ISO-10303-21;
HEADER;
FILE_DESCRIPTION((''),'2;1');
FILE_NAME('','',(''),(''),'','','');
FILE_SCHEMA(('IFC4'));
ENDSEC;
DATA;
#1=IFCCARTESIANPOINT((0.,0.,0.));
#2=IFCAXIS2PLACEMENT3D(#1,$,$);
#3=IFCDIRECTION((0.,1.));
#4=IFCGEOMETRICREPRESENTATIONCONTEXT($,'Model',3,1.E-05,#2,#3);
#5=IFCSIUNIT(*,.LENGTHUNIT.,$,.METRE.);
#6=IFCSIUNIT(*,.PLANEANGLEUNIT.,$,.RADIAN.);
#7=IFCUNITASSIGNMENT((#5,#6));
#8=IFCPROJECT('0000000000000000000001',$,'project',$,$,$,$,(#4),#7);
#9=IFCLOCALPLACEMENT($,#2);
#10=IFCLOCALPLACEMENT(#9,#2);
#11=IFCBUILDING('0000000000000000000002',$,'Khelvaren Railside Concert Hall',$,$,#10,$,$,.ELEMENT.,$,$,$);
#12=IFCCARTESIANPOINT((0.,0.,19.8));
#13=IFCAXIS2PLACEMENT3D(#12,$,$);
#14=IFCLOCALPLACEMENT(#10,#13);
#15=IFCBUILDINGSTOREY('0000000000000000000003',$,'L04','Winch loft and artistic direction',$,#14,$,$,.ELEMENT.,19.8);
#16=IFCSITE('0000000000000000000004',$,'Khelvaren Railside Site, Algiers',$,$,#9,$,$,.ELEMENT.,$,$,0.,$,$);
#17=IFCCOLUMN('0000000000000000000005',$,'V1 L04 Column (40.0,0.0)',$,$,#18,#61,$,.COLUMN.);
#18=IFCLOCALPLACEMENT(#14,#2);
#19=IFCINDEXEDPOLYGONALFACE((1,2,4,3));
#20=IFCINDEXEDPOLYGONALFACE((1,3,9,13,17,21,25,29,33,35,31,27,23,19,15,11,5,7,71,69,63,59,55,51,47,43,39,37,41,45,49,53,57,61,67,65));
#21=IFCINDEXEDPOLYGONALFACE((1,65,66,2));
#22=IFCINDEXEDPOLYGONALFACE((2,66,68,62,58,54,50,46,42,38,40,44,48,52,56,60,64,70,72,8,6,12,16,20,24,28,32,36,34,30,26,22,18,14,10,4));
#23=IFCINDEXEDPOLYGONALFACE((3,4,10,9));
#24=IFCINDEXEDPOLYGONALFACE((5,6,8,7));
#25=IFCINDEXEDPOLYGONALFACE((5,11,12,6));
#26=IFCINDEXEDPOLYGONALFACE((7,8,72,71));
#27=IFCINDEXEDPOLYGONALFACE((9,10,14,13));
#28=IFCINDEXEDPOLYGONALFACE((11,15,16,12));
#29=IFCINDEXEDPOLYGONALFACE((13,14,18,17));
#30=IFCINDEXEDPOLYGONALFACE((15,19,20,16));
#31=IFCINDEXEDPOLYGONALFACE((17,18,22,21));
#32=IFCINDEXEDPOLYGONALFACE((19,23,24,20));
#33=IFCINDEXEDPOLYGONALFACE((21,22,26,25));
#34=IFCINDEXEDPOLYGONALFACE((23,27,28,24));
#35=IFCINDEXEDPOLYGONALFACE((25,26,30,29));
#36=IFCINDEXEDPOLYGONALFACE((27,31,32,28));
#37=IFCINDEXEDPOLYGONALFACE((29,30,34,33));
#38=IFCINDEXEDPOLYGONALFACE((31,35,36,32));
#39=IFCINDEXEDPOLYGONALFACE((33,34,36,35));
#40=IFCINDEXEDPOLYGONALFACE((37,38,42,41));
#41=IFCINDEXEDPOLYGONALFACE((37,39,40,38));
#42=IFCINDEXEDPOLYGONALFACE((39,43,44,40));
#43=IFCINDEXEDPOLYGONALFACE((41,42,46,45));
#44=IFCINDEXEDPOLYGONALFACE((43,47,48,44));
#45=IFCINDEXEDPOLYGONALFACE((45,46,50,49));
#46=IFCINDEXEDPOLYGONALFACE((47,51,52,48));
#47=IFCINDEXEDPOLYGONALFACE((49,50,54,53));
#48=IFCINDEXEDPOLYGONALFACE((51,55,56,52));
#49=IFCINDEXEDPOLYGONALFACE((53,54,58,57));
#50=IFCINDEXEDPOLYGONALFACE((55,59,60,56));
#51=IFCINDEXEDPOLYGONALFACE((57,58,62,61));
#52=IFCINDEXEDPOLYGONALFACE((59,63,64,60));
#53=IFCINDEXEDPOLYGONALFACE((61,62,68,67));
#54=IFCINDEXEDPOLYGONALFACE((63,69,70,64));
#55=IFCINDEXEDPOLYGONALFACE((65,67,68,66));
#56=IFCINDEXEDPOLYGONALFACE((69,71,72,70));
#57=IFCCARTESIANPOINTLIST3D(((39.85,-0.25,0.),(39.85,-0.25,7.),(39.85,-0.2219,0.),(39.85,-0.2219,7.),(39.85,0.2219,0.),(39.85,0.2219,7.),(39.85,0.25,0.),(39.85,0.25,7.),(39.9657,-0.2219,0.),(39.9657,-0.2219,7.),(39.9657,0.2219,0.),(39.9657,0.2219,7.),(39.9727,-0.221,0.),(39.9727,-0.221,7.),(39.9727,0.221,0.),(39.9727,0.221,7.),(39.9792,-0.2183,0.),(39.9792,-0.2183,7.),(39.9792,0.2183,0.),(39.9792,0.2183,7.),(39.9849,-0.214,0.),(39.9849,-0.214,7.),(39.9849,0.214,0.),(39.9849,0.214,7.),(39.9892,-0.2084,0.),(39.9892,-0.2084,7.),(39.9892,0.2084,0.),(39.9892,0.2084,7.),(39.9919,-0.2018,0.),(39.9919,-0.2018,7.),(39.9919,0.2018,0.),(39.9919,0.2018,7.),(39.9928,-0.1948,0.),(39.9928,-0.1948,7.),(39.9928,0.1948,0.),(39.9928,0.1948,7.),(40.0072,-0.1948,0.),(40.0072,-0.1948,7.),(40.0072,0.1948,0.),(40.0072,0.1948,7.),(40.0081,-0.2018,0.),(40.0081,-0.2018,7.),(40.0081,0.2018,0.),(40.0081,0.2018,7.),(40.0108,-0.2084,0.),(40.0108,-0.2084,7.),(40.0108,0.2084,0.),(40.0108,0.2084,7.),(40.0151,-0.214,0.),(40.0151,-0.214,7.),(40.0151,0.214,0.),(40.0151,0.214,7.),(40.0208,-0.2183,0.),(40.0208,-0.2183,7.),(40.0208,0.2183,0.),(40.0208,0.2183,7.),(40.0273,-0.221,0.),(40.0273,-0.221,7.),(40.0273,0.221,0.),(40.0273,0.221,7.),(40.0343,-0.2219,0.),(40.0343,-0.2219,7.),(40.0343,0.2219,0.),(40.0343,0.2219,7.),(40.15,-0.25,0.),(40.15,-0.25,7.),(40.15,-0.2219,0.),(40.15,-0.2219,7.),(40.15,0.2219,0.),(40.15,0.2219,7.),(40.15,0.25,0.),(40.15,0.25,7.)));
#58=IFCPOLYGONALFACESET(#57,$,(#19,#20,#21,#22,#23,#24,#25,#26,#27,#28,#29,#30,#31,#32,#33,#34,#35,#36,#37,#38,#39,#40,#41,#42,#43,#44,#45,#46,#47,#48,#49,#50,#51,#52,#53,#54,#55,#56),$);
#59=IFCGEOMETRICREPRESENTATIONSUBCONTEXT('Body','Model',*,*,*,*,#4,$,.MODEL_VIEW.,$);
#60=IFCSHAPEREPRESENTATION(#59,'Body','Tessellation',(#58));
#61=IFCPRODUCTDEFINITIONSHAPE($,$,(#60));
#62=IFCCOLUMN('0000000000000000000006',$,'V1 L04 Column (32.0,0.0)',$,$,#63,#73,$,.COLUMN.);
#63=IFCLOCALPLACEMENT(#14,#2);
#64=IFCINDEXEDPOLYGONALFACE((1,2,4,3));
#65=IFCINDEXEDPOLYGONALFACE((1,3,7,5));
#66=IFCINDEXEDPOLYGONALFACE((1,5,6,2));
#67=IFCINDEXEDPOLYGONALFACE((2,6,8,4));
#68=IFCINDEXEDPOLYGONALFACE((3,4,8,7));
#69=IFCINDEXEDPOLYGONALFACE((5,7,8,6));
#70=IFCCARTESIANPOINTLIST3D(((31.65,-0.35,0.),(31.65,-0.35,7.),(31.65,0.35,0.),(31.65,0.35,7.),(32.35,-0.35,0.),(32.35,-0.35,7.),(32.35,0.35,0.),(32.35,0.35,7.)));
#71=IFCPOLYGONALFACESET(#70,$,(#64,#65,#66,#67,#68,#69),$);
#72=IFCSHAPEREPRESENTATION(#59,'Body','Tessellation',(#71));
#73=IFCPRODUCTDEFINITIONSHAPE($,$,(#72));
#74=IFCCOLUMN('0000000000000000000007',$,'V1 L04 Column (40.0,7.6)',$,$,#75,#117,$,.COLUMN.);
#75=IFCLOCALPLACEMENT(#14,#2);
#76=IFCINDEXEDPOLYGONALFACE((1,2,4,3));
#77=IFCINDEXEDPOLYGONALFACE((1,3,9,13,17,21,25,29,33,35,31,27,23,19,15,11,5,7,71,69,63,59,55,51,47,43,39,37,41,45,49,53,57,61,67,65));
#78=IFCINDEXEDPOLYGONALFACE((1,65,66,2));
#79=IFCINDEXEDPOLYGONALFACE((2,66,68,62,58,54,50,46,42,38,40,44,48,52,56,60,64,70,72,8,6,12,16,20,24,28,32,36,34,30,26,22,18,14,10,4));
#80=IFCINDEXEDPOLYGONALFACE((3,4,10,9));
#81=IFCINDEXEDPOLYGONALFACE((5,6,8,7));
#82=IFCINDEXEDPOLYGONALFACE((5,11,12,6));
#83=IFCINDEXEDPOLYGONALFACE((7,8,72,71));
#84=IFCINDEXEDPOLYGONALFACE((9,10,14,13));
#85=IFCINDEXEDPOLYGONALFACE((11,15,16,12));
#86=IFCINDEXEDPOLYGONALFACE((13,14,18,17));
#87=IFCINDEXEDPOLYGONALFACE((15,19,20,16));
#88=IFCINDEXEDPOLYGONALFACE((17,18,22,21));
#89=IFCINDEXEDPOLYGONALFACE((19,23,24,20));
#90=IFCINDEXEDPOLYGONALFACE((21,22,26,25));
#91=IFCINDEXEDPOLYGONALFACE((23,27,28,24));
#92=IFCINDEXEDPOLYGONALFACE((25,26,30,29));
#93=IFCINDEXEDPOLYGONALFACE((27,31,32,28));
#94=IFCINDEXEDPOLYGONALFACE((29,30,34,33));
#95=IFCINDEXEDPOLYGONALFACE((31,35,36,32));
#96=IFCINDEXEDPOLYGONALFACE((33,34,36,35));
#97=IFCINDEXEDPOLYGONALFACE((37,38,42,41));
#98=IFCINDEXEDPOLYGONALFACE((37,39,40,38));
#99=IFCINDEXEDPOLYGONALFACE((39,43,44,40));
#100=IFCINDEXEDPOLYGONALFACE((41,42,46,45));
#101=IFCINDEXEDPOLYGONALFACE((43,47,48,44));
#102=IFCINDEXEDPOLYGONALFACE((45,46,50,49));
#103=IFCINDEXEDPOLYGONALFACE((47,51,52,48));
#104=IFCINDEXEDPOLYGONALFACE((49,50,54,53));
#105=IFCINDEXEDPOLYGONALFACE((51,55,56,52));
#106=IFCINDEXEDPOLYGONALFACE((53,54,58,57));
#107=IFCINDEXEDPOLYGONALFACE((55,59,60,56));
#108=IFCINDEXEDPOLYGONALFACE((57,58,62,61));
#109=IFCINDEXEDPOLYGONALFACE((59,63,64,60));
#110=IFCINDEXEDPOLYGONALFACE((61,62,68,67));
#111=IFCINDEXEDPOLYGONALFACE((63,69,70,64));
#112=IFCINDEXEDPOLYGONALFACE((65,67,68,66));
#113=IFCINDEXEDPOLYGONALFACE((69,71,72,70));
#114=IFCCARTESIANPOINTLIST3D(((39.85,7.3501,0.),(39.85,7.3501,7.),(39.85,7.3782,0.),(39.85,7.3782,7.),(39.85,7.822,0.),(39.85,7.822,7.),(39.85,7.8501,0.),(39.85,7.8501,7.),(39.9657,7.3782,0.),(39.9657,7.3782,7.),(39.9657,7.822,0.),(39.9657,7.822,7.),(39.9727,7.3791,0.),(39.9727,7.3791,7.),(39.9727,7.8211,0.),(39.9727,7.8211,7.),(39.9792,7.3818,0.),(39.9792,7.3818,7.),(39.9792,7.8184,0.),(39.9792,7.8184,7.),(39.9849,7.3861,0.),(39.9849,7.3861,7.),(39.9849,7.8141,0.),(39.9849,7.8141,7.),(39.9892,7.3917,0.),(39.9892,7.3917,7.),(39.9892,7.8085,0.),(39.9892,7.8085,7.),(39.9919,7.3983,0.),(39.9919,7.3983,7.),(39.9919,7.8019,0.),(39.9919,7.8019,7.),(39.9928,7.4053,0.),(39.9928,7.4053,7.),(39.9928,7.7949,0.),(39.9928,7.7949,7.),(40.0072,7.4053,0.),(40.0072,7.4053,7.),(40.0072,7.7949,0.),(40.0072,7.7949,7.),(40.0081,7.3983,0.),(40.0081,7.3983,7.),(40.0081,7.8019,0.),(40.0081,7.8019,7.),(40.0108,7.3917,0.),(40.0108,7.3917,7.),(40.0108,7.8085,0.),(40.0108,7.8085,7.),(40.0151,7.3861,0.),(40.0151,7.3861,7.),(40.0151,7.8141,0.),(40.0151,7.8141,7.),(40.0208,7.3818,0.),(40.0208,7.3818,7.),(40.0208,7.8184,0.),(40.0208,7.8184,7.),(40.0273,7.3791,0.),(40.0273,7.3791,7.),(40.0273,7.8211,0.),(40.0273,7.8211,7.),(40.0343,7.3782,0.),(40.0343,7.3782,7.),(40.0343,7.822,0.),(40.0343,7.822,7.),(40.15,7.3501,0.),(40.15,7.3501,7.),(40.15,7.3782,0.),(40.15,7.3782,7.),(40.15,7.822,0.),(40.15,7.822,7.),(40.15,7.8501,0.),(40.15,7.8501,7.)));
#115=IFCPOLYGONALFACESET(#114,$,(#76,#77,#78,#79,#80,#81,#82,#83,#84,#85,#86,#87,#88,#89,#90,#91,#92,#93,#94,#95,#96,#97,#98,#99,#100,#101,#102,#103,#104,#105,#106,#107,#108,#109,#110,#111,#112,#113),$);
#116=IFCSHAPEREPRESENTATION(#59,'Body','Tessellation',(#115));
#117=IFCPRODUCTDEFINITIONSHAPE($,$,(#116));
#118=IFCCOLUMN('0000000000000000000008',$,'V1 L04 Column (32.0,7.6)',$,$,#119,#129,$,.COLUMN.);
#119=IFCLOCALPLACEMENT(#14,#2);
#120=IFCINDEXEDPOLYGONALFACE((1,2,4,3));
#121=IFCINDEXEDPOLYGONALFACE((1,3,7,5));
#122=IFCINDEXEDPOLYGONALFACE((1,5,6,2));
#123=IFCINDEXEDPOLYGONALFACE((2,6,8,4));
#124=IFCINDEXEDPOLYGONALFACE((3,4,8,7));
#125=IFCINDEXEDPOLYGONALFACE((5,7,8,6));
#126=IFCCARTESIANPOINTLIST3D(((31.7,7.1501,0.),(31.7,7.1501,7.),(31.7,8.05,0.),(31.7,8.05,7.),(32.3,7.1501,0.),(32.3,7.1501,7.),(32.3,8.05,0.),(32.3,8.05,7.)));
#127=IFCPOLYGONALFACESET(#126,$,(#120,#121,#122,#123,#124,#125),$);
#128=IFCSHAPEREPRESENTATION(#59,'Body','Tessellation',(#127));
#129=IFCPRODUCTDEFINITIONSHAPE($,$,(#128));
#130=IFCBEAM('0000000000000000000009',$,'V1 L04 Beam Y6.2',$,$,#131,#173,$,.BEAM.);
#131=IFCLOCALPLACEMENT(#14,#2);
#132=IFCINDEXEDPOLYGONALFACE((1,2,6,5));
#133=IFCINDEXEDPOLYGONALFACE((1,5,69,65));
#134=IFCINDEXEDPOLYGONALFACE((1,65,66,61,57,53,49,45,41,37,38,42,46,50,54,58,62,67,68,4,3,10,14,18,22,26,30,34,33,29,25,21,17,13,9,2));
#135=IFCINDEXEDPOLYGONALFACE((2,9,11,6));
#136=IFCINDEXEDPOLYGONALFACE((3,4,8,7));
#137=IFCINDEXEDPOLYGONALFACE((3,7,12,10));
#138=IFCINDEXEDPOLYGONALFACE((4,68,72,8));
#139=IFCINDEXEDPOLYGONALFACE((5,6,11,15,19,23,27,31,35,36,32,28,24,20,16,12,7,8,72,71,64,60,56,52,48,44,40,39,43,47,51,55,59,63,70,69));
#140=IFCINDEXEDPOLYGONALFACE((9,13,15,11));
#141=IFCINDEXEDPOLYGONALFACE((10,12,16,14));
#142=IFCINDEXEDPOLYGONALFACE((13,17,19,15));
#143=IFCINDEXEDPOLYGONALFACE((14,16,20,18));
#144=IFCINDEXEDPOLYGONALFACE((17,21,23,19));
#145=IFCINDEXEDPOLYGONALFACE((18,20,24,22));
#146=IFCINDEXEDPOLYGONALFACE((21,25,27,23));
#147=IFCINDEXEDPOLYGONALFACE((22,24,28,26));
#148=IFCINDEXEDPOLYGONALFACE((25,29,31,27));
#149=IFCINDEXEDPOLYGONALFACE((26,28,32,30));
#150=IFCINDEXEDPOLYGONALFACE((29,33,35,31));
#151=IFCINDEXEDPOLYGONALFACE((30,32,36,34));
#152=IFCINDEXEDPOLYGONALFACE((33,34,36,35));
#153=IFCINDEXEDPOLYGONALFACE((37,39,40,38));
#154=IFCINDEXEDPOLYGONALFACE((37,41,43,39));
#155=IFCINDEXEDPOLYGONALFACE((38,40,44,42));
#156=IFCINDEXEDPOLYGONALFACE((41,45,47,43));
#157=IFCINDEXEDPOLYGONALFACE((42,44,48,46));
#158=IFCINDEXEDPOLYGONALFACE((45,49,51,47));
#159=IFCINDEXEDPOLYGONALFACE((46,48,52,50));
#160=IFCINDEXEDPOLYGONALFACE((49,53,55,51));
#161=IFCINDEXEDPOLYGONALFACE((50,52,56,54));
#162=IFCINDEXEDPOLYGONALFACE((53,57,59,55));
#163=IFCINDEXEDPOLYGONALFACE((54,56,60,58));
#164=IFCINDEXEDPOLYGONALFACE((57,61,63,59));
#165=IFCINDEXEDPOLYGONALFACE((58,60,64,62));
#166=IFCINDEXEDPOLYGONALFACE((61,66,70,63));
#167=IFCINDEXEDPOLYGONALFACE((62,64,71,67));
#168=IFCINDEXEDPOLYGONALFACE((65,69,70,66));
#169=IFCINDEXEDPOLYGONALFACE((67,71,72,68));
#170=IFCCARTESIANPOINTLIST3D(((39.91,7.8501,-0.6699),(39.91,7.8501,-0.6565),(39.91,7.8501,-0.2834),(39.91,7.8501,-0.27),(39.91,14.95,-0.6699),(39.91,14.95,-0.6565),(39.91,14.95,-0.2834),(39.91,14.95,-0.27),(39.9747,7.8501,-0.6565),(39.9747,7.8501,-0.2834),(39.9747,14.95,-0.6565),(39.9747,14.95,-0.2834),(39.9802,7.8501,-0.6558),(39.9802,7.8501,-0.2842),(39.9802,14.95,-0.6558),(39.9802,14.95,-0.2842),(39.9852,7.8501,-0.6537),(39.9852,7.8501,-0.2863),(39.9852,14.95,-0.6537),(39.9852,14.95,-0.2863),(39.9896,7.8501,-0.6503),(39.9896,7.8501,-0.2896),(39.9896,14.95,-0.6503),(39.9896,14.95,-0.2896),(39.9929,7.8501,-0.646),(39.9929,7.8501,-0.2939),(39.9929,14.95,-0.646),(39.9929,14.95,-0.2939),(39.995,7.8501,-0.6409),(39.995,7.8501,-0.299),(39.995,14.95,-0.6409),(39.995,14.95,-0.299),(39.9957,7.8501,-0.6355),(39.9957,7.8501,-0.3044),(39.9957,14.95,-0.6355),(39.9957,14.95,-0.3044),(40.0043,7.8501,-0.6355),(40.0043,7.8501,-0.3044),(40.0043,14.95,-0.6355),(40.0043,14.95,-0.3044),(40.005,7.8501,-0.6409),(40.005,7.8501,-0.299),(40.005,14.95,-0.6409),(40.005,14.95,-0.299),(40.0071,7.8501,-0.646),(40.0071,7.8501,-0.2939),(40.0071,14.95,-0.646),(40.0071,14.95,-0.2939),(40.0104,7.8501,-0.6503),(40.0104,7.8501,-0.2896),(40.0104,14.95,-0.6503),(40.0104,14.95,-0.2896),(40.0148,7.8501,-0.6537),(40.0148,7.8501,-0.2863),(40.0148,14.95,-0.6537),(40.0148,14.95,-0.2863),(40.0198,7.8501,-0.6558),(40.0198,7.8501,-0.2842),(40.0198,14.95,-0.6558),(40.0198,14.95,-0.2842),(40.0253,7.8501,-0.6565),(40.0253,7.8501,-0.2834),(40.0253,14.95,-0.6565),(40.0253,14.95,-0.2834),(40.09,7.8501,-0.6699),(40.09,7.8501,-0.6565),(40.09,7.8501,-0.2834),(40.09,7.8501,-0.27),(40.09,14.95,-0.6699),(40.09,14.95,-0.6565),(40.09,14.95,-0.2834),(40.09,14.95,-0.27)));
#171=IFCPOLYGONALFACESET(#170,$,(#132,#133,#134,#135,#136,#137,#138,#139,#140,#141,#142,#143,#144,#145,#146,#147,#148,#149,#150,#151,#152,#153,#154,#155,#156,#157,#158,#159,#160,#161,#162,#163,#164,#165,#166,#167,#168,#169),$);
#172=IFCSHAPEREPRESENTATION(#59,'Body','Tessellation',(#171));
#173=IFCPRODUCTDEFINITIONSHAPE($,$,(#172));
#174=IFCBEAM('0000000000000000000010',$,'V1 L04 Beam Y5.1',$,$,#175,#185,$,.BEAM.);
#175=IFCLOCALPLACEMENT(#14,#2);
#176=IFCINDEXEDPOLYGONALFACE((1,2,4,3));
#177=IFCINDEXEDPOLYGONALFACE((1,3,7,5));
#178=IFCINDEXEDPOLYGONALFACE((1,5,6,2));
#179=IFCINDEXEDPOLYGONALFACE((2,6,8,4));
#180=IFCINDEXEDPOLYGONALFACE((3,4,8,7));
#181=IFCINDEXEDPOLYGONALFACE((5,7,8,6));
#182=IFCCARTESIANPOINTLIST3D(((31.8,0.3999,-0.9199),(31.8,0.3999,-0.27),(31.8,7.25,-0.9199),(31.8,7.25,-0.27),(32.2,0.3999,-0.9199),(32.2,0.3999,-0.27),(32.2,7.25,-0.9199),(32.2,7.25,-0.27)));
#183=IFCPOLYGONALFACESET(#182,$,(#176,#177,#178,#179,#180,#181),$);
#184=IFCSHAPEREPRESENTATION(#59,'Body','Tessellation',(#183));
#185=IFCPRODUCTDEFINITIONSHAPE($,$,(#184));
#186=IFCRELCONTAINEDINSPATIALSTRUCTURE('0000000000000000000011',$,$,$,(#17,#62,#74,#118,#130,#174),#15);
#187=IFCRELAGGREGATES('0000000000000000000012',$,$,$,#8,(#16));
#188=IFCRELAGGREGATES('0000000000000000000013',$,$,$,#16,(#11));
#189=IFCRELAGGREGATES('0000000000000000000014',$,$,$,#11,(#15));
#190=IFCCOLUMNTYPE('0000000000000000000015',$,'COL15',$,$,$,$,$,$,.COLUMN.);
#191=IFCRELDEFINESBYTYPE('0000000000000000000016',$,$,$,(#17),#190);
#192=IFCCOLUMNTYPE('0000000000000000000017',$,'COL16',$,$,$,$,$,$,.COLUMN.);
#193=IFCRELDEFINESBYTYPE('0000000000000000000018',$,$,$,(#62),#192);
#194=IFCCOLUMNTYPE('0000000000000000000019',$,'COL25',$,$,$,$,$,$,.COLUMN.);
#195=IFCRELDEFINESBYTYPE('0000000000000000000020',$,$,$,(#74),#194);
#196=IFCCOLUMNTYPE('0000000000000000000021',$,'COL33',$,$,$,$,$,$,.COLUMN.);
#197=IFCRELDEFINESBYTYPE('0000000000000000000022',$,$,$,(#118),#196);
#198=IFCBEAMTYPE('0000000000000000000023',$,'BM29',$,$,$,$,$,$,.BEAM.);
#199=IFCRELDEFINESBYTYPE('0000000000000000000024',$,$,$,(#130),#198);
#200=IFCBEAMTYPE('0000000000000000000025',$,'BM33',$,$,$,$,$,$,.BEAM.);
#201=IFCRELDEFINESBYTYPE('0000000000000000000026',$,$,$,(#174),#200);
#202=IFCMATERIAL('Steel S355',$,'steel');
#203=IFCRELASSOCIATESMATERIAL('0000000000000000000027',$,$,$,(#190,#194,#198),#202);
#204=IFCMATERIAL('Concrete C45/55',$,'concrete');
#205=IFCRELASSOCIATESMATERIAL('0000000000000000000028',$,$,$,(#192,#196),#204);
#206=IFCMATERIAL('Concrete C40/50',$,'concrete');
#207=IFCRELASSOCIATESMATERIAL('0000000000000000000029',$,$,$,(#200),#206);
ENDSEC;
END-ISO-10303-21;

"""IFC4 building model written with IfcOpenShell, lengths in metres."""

from ifc_helpers import new_model, si_unit, direction, frame, origin, origin_2d, place, context, subcontext, project, spatial, rectangle, i_section, extrude, material, material_profile, profile_set, type_object, element, save


model = new_model("IFC4")

# Units and contexts
model_context = context("Model", 3, precision=1e-05, world=origin(), true_north=direction((0.0, 1.0)))
body_context = subcontext(model_context, "Body", "Model", "MODEL_VIEW")
ifc_project = project(units=[si_unit("LENGTHUNIT", "METRE"), si_unit("PLANEANGLEUNIT", "RADIAN")], contexts=[model_context])

# Site, building, storey
site_placement = place(None, origin())
site = spatial("IfcSite", under=ifc_project, at=site_placement, Name="Khelvaren Railside Site, Algiers", CompositionType="ELEMENT", RefElevation=0.0)
building_placement = place(site_placement, origin())
building = spatial("IfcBuilding", under=site, at=building_placement, Name="Khelvaren Railside Concert Hall", CompositionType="ELEMENT")
storey_placement = place(building_placement, frame((0.0, 0.0, 19.8)))
storey = spatial("IfcBuildingStorey", under=building, at=storey_placement, Name="L04", Description="Winch loft and artistic direction", CompositionType="ELEMENT", Elevation=19.8)

# Columns
ifc_material_1 = material(Name="Steel S355", Category="steel")
ifc_material_profile_1 = material_profile(ifc_material_1, i_section(OverallWidth=0.3, OverallDepth=0.5, WebThickness=0.0144, FlangeThickness=0.0281, FilletRadius=0.0271, at=origin_2d()), Name="HEB 500")
ifc_profile_set_1 = profile_set([ifc_material_profile_1], Name="Steel S355")
column_type_1 = type_object("IfcColumnType", Name="COL15", PredefinedType="COLUMN", material=ifc_profile_set_1)
column_1_placement = place(storey_placement, frame((40.0, 0.0, 0.0), z_axis=(0.0, 0.0, 1.0), x_axis=(1.0, 0.0, 0.0)))
element("IfcColumn", 1, at=column_1_placement, inside=storey, type_object=column_type_1, Name="V1 L04 Column (40.0,0.0)", PredefinedType="COLUMN", context=body_context, shape_type="SweptSolid", body=[
    extrude(i_section(OverallWidth=0.3, OverallDepth=0.5, WebThickness=0.0144, FlangeThickness=0.0281, FilletRadius=0.0271, at=origin_2d()), origin(), (0.0, 0.0, 1.0), 7.0),
])
ifc_material_2 = material(Name="Concrete C45/55", Category="concrete")
ifc_material_profile_2 = material_profile(ifc_material_2, rectangle(XDim=0.7, YDim=0.7, at=origin_2d()), Name="RC 700x700")
ifc_profile_set_2 = profile_set([ifc_material_profile_2], Name="Concrete C45/55")
column_type_2 = type_object("IfcColumnType", Name="COL16", PredefinedType="COLUMN", material=ifc_profile_set_2)
column_2_placement = place(storey_placement, frame((32.0, 0.0, 0.0), z_axis=(0.0, 0.0, 1.0), x_axis=(1.0, 0.0, 0.0)))
element("IfcColumn", 2, at=column_2_placement, inside=storey, type_object=column_type_2, Name="V1 L04 Column (32.0,0.0)", PredefinedType="COLUMN", context=body_context, shape_type="SweptSolid", body=[
    extrude(rectangle(XDim=0.7, YDim=0.7, at=origin_2d()), origin(), (0.0, 0.0, 1.0), 7.0),
])
ifc_material_profile_3 = material_profile(ifc_material_1, i_section(OverallWidth=0.3, OverallDepth=0.5, WebThickness=0.0144, FlangeThickness=0.0281, FilletRadius=0.0271, at=origin_2d()), Name="HEB 500")
ifc_profile_set_3 = profile_set([ifc_material_profile_3], Name="Steel S355")
column_type_3 = type_object("IfcColumnType", Name="COL25", PredefinedType="COLUMN", material=ifc_profile_set_3)
column_3_placement = place(storey_placement, frame((40.0, 7.6001, 0.0), z_axis=(0.0, 0.0, 1.0), x_axis=(1.0, 0.0, 0.0)))
element("IfcColumn", 3, at=column_3_placement, inside=storey, type_object=column_type_3, Name="V1 L04 Column (40.0,7.6)", PredefinedType="COLUMN", context=body_context, shape_type="SweptSolid", body=[
    extrude(i_section(OverallWidth=0.3, OverallDepth=0.5, WebThickness=0.0144, FlangeThickness=0.0281, FilletRadius=0.0271, at=origin_2d()), origin(), (0.0, 0.0, 1.0), 7.0),
])
ifc_material_profile_4 = material_profile(ifc_material_2, rectangle(XDim=0.6001, YDim=0.8999, at=origin_2d()), Name="RC 600x900")
ifc_profile_set_4 = profile_set([ifc_material_profile_4], Name="Concrete C45/55")
column_type_4 = type_object("IfcColumnType", Name="COL33", PredefinedType="COLUMN", material=ifc_profile_set_4)
column_4_placement = place(storey_placement, frame((32.0, 7.6001, 0.0), z_axis=(0.0, 0.0, 1.0), x_axis=(1.0, 0.0, 0.0)))
element("IfcColumn", 4, at=column_4_placement, inside=storey, type_object=column_type_4, Name="V1 L04 Column (32.0,7.6)", PredefinedType="COLUMN", context=body_context, shape_type="SweptSolid", body=[
    extrude(rectangle(XDim=0.6001, YDim=0.8999, at=origin_2d()), origin(), (0.0, 0.0, 1.0), 7.0),
])

# Beams
ifc_material_profile_5 = material_profile(ifc_material_1, i_section(OverallWidth=0.1799, OverallDepth=0.3999, WebThickness=0.0085, FlangeThickness=0.0134, FilletRadius=0.021, at=origin_2d()), Name="IPE 400")
ifc_profile_set_5 = profile_set([ifc_material_profile_5], Name="Steel S355")
beam_type_1 = type_object("IfcBeamType", Name="BM29", PredefinedType="BEAM", material=ifc_profile_set_5)
beam_1_placement = place(storey_placement, frame((40.0, 7.8501, -0.47), z_axis=(0.0, 1.0, 0.0), x_axis=(-1.0, 0.0, 0.0)))
element("IfcBeam", 5, at=beam_1_placement, inside=storey, type_object=beam_type_1, Name="V1 L04 Beam Y6.2", PredefinedType="BEAM", context=body_context, shape_type="SweptSolid", body=[
    extrude(i_section(OverallWidth=0.1799, OverallDepth=0.3999, WebThickness=0.0085, FlangeThickness=0.0134, FilletRadius=0.021, at=origin_2d()), origin(), (0.0, 0.0, 1.0), 7.0999),
])
ifc_material_3 = material(Name="Concrete C40/50", Category="concrete")
ifc_material_profile_6 = material_profile(ifc_material_3, rectangle(XDim=0.3999, YDim=0.6499, at=origin_2d()), Name="RCB 400x650")
ifc_profile_set_6 = profile_set([ifc_material_profile_6], Name="Concrete C40/50")
beam_type_2 = type_object("IfcBeamType", Name="BM33", PredefinedType="BEAM", material=ifc_profile_set_6)
beam_2_placement = place(storey_placement, frame((32.0, 0.3999, -0.595), z_axis=(0.0, 1.0, 0.0), x_axis=(-1.0, 0.0, 0.0)))
element("IfcBeam", 6, at=beam_2_placement, inside=storey, type_object=beam_type_2, Name="V1 L04 Beam Y5.1", PredefinedType="BEAM", context=body_context, shape_type="SweptSolid", body=[
    extrude(rectangle(XDim=0.3999, YDim=0.6499, at=origin_2d()), origin(), (0.0, 0.0, 1.0), 6.8501),
])

save(model, "model.ifc")
